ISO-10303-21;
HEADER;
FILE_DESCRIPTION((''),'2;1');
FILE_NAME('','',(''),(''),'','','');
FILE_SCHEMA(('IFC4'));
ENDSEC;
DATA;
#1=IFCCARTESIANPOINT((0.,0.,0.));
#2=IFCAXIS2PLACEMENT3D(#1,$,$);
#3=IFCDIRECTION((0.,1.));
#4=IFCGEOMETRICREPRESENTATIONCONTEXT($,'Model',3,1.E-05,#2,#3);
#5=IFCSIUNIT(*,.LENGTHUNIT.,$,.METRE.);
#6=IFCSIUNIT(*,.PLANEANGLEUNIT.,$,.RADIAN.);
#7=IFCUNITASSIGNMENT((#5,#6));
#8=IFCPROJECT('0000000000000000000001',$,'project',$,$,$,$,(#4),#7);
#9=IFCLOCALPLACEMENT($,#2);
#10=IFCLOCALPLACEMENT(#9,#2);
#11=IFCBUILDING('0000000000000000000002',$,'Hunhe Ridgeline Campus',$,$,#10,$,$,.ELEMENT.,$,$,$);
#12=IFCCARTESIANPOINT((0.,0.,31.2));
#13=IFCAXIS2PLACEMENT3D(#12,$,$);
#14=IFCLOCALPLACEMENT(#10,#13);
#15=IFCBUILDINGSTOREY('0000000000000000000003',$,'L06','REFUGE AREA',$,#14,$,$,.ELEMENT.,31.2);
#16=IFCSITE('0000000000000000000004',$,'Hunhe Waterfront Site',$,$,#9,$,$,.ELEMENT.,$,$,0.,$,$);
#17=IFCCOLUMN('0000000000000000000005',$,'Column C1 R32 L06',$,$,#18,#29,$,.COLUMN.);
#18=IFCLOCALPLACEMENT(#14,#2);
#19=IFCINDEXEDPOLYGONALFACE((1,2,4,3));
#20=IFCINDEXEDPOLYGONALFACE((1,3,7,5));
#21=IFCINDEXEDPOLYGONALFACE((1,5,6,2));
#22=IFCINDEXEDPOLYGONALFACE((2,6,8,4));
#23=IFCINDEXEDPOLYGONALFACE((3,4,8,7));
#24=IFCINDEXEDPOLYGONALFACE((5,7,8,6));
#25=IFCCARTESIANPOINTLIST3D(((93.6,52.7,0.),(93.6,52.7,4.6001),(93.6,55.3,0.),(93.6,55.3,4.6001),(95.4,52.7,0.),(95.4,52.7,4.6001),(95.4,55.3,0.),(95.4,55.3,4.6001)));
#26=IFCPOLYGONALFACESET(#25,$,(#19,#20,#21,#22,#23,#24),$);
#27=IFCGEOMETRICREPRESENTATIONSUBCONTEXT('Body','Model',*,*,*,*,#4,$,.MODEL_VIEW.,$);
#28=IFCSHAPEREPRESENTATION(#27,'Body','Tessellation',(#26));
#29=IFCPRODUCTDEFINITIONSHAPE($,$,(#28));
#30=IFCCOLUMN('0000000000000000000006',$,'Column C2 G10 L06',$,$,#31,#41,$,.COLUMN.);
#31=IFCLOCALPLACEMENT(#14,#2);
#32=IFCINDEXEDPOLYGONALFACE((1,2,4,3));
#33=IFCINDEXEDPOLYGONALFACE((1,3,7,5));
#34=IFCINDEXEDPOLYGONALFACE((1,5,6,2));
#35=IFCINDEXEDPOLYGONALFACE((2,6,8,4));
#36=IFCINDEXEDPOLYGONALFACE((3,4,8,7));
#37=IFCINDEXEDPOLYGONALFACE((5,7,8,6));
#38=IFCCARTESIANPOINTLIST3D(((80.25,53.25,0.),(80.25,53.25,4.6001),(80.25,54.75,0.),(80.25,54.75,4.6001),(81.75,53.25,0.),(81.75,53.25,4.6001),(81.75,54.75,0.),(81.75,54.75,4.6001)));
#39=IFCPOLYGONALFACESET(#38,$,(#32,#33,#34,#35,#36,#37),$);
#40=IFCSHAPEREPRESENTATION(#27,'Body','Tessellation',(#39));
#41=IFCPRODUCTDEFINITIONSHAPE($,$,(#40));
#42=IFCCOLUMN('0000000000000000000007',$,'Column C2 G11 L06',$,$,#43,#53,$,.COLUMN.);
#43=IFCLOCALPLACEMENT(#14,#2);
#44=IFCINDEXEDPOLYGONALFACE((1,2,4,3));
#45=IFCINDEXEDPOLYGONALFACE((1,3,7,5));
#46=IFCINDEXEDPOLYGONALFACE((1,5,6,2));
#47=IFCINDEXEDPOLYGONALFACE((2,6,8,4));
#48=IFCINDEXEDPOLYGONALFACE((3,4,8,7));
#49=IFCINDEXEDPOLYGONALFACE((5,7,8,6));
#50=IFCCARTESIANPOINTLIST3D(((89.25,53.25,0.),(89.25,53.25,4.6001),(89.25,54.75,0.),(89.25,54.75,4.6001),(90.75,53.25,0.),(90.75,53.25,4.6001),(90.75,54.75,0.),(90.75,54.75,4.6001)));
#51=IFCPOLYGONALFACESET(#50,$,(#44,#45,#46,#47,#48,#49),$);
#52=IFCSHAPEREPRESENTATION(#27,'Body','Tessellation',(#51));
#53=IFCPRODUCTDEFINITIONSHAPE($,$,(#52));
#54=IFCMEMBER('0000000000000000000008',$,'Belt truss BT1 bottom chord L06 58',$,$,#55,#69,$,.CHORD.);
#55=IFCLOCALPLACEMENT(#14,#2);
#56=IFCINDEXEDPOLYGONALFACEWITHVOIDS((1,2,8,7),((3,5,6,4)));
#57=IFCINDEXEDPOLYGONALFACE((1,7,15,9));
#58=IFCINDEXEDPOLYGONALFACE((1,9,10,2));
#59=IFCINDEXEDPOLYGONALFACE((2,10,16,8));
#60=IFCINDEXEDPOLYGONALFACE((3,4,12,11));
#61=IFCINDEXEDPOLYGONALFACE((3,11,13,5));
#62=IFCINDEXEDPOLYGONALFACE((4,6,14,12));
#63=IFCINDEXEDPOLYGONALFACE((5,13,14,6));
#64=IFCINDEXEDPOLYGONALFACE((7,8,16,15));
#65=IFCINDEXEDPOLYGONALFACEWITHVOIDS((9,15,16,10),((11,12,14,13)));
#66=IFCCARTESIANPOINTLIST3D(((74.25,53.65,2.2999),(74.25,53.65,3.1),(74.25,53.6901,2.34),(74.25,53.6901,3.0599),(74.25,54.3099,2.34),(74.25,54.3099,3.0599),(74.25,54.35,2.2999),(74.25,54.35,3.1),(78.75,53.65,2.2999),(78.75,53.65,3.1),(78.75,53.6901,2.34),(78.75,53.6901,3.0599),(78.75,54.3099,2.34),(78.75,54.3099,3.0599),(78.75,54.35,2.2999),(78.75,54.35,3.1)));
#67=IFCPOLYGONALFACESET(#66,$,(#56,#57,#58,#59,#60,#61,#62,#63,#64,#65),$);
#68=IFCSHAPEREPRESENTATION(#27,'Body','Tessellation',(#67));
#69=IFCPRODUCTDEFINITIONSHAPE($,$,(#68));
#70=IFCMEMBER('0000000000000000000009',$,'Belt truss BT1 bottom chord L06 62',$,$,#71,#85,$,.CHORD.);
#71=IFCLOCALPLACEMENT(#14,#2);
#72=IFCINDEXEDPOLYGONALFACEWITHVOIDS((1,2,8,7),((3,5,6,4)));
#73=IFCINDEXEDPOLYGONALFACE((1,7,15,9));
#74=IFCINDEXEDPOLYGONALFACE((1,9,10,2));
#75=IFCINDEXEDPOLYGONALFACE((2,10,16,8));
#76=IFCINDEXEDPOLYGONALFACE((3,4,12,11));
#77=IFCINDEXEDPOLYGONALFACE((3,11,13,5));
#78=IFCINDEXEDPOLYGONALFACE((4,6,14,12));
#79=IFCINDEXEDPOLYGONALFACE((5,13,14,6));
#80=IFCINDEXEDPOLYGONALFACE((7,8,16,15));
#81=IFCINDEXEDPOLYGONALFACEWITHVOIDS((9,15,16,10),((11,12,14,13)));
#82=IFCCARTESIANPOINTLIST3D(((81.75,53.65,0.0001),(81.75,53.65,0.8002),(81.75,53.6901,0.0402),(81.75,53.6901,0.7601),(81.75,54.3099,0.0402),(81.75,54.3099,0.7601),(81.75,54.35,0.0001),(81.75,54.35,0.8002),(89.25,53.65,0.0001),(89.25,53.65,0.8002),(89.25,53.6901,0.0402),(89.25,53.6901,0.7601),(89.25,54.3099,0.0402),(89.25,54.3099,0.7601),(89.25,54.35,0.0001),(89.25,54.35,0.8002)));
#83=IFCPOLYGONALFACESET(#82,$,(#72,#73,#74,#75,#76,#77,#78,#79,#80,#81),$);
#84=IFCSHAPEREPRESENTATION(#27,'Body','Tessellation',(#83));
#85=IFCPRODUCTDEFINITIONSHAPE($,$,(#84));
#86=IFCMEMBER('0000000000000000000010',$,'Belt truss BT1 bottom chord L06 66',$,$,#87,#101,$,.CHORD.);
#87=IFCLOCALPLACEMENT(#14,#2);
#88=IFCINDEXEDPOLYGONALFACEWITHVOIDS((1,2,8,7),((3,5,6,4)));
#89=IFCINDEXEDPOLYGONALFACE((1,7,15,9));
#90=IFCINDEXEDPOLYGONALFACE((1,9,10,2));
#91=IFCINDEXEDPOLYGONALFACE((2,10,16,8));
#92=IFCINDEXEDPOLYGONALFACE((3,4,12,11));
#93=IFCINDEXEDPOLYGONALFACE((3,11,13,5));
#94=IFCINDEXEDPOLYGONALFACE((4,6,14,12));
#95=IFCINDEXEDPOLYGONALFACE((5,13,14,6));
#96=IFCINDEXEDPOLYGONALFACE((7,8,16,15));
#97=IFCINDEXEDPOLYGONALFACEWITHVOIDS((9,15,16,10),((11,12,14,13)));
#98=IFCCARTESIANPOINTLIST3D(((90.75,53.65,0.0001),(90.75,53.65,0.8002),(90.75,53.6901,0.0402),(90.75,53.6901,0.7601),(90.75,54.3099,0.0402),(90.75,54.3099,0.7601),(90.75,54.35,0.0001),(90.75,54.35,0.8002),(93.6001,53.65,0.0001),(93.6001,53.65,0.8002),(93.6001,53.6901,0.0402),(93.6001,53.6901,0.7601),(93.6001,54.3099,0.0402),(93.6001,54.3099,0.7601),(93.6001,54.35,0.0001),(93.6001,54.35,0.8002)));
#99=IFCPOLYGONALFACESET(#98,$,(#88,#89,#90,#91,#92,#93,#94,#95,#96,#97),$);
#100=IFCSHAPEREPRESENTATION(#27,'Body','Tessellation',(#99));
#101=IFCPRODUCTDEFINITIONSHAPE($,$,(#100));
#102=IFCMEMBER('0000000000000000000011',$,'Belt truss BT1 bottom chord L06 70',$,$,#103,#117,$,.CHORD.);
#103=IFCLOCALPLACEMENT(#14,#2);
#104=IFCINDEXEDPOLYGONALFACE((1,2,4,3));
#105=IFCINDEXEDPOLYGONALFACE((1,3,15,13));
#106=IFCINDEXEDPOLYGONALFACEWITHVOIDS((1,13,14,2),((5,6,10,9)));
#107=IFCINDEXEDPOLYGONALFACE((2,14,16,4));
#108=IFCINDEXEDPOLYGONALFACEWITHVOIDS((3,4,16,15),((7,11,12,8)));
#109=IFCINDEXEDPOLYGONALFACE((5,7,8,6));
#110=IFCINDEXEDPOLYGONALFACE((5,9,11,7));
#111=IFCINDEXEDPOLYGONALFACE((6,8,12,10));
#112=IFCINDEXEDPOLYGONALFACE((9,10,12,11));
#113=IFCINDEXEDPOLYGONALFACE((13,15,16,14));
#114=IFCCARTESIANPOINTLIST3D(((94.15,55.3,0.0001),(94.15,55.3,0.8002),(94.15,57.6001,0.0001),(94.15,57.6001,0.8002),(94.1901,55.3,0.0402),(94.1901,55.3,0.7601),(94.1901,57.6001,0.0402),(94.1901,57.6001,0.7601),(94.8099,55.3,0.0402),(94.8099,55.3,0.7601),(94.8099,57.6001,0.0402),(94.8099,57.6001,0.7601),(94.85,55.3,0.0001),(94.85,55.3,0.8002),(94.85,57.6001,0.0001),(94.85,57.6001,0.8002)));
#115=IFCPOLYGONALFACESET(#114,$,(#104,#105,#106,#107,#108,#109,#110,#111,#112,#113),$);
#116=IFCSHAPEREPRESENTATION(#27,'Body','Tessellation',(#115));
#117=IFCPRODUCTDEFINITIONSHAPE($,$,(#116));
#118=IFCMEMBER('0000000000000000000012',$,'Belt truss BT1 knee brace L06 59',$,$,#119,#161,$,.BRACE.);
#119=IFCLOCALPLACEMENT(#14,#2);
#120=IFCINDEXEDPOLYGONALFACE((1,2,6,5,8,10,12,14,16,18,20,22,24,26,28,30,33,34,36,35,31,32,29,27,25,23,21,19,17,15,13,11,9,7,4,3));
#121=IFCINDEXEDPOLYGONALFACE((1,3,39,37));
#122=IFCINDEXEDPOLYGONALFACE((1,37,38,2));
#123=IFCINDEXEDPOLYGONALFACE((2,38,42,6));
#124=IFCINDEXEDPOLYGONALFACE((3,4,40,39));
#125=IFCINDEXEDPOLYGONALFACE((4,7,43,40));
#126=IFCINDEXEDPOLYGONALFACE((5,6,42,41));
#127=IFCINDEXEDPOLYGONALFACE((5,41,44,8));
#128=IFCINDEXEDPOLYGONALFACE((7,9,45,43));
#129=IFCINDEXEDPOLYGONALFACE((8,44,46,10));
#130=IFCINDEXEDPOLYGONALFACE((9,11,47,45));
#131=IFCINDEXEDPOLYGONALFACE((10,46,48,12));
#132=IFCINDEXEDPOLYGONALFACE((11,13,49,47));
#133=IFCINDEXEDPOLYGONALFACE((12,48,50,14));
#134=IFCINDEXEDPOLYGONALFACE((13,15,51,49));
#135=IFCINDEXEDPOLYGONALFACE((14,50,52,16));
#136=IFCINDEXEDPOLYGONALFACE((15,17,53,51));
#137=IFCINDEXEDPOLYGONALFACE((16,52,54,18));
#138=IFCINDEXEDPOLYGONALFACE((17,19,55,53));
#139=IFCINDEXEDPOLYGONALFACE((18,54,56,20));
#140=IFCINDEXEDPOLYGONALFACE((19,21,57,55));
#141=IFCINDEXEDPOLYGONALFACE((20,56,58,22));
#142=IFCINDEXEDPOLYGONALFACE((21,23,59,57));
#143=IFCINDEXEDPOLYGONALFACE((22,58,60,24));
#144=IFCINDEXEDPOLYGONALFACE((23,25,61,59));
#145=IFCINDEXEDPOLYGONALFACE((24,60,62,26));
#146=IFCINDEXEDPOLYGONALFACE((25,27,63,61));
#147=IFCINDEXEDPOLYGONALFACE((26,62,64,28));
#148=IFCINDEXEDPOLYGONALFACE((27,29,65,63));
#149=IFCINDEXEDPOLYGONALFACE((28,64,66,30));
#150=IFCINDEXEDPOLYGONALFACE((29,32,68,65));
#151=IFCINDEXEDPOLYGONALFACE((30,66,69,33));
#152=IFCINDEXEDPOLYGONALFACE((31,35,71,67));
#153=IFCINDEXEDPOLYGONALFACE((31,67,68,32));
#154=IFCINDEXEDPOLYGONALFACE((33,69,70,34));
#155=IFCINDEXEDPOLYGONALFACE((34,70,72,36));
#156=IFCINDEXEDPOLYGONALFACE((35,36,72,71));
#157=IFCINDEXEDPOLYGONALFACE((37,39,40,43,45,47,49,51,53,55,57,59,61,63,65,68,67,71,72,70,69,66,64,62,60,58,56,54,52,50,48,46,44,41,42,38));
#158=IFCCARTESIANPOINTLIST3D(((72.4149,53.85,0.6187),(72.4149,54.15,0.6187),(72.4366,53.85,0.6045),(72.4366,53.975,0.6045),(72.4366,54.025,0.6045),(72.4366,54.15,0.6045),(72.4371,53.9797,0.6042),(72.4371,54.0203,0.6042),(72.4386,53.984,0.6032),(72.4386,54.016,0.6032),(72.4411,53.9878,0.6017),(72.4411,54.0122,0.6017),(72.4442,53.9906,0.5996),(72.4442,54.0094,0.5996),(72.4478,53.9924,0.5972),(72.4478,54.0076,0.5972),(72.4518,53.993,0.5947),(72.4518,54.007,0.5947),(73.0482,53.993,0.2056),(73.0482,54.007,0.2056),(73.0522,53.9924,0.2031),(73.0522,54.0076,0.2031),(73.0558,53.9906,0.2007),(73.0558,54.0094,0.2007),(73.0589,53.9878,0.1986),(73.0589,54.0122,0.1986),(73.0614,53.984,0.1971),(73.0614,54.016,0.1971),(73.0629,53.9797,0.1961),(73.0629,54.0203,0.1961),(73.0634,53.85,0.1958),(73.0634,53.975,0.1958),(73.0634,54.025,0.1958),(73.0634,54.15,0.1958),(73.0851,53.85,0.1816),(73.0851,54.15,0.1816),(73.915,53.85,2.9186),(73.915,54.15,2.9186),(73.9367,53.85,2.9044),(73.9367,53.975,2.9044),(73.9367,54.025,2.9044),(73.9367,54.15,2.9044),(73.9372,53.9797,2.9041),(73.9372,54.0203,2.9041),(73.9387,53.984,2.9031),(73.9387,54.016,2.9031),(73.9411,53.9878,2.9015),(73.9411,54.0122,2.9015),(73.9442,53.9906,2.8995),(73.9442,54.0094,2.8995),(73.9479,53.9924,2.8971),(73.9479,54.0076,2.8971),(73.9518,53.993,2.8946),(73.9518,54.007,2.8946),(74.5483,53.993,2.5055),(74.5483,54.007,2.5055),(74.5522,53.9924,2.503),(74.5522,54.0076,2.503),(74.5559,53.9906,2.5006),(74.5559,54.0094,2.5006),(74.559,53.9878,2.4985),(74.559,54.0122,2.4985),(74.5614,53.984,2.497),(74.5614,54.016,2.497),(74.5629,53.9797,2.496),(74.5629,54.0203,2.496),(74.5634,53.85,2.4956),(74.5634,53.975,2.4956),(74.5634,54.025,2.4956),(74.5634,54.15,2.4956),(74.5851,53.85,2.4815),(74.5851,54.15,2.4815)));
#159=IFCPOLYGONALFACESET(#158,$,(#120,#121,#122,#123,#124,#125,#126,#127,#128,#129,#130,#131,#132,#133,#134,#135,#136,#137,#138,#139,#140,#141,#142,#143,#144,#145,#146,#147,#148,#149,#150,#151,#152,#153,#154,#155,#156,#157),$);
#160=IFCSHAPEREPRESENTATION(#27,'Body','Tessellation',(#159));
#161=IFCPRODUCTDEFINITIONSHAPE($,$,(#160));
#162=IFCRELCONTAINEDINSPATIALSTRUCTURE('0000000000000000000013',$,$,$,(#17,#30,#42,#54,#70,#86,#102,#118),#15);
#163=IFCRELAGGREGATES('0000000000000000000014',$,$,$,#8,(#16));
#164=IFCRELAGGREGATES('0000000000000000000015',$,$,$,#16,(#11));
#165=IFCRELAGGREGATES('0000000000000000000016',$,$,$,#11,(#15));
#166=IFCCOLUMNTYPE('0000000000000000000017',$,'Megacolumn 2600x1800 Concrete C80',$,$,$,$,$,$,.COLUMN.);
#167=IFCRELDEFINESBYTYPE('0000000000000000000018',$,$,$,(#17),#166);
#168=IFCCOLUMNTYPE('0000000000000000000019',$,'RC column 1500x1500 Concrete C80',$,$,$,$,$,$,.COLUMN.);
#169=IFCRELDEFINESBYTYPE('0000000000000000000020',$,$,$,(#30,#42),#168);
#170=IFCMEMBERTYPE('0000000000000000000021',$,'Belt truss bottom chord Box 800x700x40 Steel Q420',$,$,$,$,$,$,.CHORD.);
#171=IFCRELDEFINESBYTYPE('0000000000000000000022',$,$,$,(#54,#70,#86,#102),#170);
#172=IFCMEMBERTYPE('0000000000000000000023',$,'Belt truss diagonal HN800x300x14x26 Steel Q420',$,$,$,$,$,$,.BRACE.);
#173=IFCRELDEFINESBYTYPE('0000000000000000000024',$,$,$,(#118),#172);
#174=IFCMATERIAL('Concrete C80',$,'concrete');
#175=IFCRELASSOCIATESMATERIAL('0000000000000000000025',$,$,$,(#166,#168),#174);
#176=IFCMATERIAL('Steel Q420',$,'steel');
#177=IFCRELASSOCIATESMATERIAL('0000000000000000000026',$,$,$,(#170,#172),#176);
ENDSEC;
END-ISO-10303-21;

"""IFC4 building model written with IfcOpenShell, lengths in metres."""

from ifc_helpers import new_model, si_unit, direction, frame, origin, origin_2d, place, context, subcontext, project, spatial, rectangle, hollow_rectangle, i_section, extrude, material, material_profile, profile_set, type_object, element, save


model = new_model("IFC4")

# Units and contexts
model_context = context("Model", 3, precision=1e-05, world=origin(), true_north=direction((0.0, 1.0)))
body_context = subcontext(model_context, "Body", "Model", "MODEL_VIEW")
ifc_project = project(units=[si_unit("LENGTHUNIT", "METRE"), si_unit("PLANEANGLEUNIT", "RADIAN")], contexts=[model_context])

# Site, building, storey
site_placement = place(None, origin())
site = spatial("IfcSite", under=ifc_project, at=site_placement, Name="Hunhe Waterfront Site", CompositionType="ELEMENT", RefElevation=0.0)
building_placement = place(site_placement, origin())
building = spatial("IfcBuilding", under=site, at=building_placement, Name="Hunhe Ridgeline Campus", CompositionType="ELEMENT")
storey_placement = place(building_placement, frame((0.0, 0.0, 31.2)))
storey = spatial("IfcBuildingStorey", under=building, at=storey_placement, Name="L06", Description="REFUGE AREA", CompositionType="ELEMENT", Elevation=31.2)

# Columns
ifc_material_1 = material(Name="Concrete C80", Category="concrete")
ifc_material_profile_1 = material_profile(ifc_material_1, rectangle(XDim=2.6001, YDim=1.8, at=origin_2d()))
ifc_profile_set_1 = profile_set([ifc_material_profile_1], Name="Concrete C80")
column_type_1 = type_object("IfcColumnType", Name="Megacolumn 2600x1800 Concrete C80", PredefinedType="COLUMN", material=ifc_profile_set_1)
column_placement = place(storey_placement, frame((94.5, 54.0, 0.0), z_axis=(0.0, 0.0, 1.0), x_axis=(0.0, 1.0, 0.0)))
element("IfcColumn", 1, at=column_placement, inside=storey, type_object=column_type_1, Name="Column C1 R32 L06", PredefinedType="COLUMN", context=body_context, shape_type="SweptSolid", body=[
    extrude(rectangle(XDim=2.6001, YDim=1.8, at=origin_2d()), origin(), (0.0, 0.0, 1.0), 4.6001),
])
ifc_material_profile_2 = material_profile(ifc_material_1, rectangle(XDim=1.5, YDim=1.5, at=origin_2d()))
ifc_profile_set_2 = profile_set([ifc_material_profile_2], Name="Concrete C80")
column_type_2 = type_object("IfcColumnType", Name="RC column 1500x1500 Concrete C80", PredefinedType="COLUMN", material=ifc_profile_set_2)
for number, where, z_axis, x_axis, name in (
    (2, (81.0, 54.0, 0.0), (0.0, 0.0, 1.0), (1.0, 0.0, 0.0), "Column C2 G10 L06"),
    (3, (90.0, 54.0, 0.0), (0.0, 0.0, 1.0), (1.0, 0.0, 0.0), "Column C2 G11 L06"),
):
    element("IfcColumn", number, at=place(storey_placement, frame(where, z_axis=z_axis, x_axis=x_axis)), inside=storey, type_object=column_type_2, Name=name, PredefinedType="COLUMN", context=body_context, shape_type="SweptSolid", body=[
        extrude(rectangle(XDim=1.5, YDim=1.5, at=origin_2d()), origin(), (0.0, 0.0, 1.0), 4.6001),
    ])

# Members
ifc_material_2 = material(Name="Steel Q420", Category="steel")
ifc_material_profile_3 = material_profile(ifc_material_2, hollow_rectangle(XDim=0.7, YDim=0.8, WallThickness=0.04, at=origin_2d()))
ifc_profile_set_3 = profile_set([ifc_material_profile_3], Name="Steel Q420")
member_type_1 = type_object("IfcMemberType", Name="Belt truss bottom chord Box 800x700x40 Steel Q420", PredefinedType="CHORD", material=ifc_profile_set_3)
member_1_placement = place(storey_placement, frame((74.25, 54.0, 2.7), z_axis=(1.0, 0.0, 0.0), x_axis=(0.0, 1.0, 0.0)))
element("IfcMember", 4, at=member_1_placement, inside=storey, type_object=member_type_1, Name="Belt truss BT1 bottom chord L06 58", PredefinedType="CHORD", context=body_context, shape_type="SweptSolid", body=[
    extrude(hollow_rectangle(XDim=0.7, YDim=0.8, WallThickness=0.04, at=origin_2d()), origin(), (0.0, 0.0, 1.0), 4.5),
])
member_2_placement = place(storey_placement, frame((81.75, 54.0, 0.4001), z_axis=(1.0, 0.0, 0.0), x_axis=(0.0, 1.0, 0.0)))
element("IfcMember", 5, at=member_2_placement, inside=storey, type_object=member_type_1, Name="Belt truss BT1 bottom chord L06 62", PredefinedType="CHORD", context=body_context, shape_type="SweptSolid", body=[
    extrude(hollow_rectangle(XDim=0.7, YDim=0.8, WallThickness=0.04, at=origin_2d()), origin(), (0.0, 0.0, 1.0), 7.5),
])
member_3_placement = place(storey_placement, frame((90.75, 54.0, 0.4001), z_axis=(1.0, 0.0, 0.0), x_axis=(0.0, 1.0, 0.0)))
element("IfcMember", 6, at=member_3_placement, inside=storey, type_object=member_type_1, Name="Belt truss BT1 bottom chord L06 66", PredefinedType="CHORD", context=body_context, shape_type="SweptSolid", body=[
    extrude(hollow_rectangle(XDim=0.7, YDim=0.8, WallThickness=0.04, at=origin_2d()), origin(), (0.0, 0.0, 1.0), 2.8501),
])
member_4_placement = place(storey_placement, frame((94.5, 55.3, 0.4001), z_axis=(0.0, 1.0, 0.0), x_axis=(-1.0, 0.0, 0.0)))
element("IfcMember", 7, at=member_4_placement, inside=storey, type_object=member_type_1, Name="Belt truss BT1 bottom chord L06 70", PredefinedType="CHORD", context=body_context, shape_type="SweptSolid", body=[
    extrude(hollow_rectangle(XDim=0.7, YDim=0.8, WallThickness=0.04, at=origin_2d()), origin(), (0.0, 0.0, 1.0), 2.3),
])
ifc_material_profile_4 = material_profile(ifc_material_2, i_section(OverallWidth=0.3, OverallDepth=0.8, WebThickness=0.0139, FlangeThickness=0.0259, FilletRadius=0.0181, at=origin_2d()))
ifc_profile_set_4 = profile_set([ifc_material_profile_4], Name="Steel Q420")
member_type_2 = type_object("IfcMemberType", Name="Belt truss diagonal HN800x300x14x26 Steel Q420", PredefinedType="BRACE", material=ifc_profile_set_4)
for number, where, z_axis, x_axis, name in (
    (8, (72.75, 54.0, 0.4001), (0.5463, 0.0, 0.837589), (0.0, 1.0, 0.0), "Belt truss BT1 knee brace L06 59"),
):
    element("IfcMember", number, at=place(storey_placement, frame(where, z_axis=z_axis, x_axis=x_axis)), inside=storey, type_object=member_type_2, Name=name, PredefinedType="BRACE", context=body_context, shape_type="SweptSolid", body=[
        extrude(i_section(OverallWidth=0.3, OverallDepth=0.8, WebThickness=0.0139, FlangeThickness=0.0259, FilletRadius=0.0181, at=origin_2d()), origin(), (0.0, 0.0, 1.0), 2.7458),
    ])

save(model, "model.ifc")
